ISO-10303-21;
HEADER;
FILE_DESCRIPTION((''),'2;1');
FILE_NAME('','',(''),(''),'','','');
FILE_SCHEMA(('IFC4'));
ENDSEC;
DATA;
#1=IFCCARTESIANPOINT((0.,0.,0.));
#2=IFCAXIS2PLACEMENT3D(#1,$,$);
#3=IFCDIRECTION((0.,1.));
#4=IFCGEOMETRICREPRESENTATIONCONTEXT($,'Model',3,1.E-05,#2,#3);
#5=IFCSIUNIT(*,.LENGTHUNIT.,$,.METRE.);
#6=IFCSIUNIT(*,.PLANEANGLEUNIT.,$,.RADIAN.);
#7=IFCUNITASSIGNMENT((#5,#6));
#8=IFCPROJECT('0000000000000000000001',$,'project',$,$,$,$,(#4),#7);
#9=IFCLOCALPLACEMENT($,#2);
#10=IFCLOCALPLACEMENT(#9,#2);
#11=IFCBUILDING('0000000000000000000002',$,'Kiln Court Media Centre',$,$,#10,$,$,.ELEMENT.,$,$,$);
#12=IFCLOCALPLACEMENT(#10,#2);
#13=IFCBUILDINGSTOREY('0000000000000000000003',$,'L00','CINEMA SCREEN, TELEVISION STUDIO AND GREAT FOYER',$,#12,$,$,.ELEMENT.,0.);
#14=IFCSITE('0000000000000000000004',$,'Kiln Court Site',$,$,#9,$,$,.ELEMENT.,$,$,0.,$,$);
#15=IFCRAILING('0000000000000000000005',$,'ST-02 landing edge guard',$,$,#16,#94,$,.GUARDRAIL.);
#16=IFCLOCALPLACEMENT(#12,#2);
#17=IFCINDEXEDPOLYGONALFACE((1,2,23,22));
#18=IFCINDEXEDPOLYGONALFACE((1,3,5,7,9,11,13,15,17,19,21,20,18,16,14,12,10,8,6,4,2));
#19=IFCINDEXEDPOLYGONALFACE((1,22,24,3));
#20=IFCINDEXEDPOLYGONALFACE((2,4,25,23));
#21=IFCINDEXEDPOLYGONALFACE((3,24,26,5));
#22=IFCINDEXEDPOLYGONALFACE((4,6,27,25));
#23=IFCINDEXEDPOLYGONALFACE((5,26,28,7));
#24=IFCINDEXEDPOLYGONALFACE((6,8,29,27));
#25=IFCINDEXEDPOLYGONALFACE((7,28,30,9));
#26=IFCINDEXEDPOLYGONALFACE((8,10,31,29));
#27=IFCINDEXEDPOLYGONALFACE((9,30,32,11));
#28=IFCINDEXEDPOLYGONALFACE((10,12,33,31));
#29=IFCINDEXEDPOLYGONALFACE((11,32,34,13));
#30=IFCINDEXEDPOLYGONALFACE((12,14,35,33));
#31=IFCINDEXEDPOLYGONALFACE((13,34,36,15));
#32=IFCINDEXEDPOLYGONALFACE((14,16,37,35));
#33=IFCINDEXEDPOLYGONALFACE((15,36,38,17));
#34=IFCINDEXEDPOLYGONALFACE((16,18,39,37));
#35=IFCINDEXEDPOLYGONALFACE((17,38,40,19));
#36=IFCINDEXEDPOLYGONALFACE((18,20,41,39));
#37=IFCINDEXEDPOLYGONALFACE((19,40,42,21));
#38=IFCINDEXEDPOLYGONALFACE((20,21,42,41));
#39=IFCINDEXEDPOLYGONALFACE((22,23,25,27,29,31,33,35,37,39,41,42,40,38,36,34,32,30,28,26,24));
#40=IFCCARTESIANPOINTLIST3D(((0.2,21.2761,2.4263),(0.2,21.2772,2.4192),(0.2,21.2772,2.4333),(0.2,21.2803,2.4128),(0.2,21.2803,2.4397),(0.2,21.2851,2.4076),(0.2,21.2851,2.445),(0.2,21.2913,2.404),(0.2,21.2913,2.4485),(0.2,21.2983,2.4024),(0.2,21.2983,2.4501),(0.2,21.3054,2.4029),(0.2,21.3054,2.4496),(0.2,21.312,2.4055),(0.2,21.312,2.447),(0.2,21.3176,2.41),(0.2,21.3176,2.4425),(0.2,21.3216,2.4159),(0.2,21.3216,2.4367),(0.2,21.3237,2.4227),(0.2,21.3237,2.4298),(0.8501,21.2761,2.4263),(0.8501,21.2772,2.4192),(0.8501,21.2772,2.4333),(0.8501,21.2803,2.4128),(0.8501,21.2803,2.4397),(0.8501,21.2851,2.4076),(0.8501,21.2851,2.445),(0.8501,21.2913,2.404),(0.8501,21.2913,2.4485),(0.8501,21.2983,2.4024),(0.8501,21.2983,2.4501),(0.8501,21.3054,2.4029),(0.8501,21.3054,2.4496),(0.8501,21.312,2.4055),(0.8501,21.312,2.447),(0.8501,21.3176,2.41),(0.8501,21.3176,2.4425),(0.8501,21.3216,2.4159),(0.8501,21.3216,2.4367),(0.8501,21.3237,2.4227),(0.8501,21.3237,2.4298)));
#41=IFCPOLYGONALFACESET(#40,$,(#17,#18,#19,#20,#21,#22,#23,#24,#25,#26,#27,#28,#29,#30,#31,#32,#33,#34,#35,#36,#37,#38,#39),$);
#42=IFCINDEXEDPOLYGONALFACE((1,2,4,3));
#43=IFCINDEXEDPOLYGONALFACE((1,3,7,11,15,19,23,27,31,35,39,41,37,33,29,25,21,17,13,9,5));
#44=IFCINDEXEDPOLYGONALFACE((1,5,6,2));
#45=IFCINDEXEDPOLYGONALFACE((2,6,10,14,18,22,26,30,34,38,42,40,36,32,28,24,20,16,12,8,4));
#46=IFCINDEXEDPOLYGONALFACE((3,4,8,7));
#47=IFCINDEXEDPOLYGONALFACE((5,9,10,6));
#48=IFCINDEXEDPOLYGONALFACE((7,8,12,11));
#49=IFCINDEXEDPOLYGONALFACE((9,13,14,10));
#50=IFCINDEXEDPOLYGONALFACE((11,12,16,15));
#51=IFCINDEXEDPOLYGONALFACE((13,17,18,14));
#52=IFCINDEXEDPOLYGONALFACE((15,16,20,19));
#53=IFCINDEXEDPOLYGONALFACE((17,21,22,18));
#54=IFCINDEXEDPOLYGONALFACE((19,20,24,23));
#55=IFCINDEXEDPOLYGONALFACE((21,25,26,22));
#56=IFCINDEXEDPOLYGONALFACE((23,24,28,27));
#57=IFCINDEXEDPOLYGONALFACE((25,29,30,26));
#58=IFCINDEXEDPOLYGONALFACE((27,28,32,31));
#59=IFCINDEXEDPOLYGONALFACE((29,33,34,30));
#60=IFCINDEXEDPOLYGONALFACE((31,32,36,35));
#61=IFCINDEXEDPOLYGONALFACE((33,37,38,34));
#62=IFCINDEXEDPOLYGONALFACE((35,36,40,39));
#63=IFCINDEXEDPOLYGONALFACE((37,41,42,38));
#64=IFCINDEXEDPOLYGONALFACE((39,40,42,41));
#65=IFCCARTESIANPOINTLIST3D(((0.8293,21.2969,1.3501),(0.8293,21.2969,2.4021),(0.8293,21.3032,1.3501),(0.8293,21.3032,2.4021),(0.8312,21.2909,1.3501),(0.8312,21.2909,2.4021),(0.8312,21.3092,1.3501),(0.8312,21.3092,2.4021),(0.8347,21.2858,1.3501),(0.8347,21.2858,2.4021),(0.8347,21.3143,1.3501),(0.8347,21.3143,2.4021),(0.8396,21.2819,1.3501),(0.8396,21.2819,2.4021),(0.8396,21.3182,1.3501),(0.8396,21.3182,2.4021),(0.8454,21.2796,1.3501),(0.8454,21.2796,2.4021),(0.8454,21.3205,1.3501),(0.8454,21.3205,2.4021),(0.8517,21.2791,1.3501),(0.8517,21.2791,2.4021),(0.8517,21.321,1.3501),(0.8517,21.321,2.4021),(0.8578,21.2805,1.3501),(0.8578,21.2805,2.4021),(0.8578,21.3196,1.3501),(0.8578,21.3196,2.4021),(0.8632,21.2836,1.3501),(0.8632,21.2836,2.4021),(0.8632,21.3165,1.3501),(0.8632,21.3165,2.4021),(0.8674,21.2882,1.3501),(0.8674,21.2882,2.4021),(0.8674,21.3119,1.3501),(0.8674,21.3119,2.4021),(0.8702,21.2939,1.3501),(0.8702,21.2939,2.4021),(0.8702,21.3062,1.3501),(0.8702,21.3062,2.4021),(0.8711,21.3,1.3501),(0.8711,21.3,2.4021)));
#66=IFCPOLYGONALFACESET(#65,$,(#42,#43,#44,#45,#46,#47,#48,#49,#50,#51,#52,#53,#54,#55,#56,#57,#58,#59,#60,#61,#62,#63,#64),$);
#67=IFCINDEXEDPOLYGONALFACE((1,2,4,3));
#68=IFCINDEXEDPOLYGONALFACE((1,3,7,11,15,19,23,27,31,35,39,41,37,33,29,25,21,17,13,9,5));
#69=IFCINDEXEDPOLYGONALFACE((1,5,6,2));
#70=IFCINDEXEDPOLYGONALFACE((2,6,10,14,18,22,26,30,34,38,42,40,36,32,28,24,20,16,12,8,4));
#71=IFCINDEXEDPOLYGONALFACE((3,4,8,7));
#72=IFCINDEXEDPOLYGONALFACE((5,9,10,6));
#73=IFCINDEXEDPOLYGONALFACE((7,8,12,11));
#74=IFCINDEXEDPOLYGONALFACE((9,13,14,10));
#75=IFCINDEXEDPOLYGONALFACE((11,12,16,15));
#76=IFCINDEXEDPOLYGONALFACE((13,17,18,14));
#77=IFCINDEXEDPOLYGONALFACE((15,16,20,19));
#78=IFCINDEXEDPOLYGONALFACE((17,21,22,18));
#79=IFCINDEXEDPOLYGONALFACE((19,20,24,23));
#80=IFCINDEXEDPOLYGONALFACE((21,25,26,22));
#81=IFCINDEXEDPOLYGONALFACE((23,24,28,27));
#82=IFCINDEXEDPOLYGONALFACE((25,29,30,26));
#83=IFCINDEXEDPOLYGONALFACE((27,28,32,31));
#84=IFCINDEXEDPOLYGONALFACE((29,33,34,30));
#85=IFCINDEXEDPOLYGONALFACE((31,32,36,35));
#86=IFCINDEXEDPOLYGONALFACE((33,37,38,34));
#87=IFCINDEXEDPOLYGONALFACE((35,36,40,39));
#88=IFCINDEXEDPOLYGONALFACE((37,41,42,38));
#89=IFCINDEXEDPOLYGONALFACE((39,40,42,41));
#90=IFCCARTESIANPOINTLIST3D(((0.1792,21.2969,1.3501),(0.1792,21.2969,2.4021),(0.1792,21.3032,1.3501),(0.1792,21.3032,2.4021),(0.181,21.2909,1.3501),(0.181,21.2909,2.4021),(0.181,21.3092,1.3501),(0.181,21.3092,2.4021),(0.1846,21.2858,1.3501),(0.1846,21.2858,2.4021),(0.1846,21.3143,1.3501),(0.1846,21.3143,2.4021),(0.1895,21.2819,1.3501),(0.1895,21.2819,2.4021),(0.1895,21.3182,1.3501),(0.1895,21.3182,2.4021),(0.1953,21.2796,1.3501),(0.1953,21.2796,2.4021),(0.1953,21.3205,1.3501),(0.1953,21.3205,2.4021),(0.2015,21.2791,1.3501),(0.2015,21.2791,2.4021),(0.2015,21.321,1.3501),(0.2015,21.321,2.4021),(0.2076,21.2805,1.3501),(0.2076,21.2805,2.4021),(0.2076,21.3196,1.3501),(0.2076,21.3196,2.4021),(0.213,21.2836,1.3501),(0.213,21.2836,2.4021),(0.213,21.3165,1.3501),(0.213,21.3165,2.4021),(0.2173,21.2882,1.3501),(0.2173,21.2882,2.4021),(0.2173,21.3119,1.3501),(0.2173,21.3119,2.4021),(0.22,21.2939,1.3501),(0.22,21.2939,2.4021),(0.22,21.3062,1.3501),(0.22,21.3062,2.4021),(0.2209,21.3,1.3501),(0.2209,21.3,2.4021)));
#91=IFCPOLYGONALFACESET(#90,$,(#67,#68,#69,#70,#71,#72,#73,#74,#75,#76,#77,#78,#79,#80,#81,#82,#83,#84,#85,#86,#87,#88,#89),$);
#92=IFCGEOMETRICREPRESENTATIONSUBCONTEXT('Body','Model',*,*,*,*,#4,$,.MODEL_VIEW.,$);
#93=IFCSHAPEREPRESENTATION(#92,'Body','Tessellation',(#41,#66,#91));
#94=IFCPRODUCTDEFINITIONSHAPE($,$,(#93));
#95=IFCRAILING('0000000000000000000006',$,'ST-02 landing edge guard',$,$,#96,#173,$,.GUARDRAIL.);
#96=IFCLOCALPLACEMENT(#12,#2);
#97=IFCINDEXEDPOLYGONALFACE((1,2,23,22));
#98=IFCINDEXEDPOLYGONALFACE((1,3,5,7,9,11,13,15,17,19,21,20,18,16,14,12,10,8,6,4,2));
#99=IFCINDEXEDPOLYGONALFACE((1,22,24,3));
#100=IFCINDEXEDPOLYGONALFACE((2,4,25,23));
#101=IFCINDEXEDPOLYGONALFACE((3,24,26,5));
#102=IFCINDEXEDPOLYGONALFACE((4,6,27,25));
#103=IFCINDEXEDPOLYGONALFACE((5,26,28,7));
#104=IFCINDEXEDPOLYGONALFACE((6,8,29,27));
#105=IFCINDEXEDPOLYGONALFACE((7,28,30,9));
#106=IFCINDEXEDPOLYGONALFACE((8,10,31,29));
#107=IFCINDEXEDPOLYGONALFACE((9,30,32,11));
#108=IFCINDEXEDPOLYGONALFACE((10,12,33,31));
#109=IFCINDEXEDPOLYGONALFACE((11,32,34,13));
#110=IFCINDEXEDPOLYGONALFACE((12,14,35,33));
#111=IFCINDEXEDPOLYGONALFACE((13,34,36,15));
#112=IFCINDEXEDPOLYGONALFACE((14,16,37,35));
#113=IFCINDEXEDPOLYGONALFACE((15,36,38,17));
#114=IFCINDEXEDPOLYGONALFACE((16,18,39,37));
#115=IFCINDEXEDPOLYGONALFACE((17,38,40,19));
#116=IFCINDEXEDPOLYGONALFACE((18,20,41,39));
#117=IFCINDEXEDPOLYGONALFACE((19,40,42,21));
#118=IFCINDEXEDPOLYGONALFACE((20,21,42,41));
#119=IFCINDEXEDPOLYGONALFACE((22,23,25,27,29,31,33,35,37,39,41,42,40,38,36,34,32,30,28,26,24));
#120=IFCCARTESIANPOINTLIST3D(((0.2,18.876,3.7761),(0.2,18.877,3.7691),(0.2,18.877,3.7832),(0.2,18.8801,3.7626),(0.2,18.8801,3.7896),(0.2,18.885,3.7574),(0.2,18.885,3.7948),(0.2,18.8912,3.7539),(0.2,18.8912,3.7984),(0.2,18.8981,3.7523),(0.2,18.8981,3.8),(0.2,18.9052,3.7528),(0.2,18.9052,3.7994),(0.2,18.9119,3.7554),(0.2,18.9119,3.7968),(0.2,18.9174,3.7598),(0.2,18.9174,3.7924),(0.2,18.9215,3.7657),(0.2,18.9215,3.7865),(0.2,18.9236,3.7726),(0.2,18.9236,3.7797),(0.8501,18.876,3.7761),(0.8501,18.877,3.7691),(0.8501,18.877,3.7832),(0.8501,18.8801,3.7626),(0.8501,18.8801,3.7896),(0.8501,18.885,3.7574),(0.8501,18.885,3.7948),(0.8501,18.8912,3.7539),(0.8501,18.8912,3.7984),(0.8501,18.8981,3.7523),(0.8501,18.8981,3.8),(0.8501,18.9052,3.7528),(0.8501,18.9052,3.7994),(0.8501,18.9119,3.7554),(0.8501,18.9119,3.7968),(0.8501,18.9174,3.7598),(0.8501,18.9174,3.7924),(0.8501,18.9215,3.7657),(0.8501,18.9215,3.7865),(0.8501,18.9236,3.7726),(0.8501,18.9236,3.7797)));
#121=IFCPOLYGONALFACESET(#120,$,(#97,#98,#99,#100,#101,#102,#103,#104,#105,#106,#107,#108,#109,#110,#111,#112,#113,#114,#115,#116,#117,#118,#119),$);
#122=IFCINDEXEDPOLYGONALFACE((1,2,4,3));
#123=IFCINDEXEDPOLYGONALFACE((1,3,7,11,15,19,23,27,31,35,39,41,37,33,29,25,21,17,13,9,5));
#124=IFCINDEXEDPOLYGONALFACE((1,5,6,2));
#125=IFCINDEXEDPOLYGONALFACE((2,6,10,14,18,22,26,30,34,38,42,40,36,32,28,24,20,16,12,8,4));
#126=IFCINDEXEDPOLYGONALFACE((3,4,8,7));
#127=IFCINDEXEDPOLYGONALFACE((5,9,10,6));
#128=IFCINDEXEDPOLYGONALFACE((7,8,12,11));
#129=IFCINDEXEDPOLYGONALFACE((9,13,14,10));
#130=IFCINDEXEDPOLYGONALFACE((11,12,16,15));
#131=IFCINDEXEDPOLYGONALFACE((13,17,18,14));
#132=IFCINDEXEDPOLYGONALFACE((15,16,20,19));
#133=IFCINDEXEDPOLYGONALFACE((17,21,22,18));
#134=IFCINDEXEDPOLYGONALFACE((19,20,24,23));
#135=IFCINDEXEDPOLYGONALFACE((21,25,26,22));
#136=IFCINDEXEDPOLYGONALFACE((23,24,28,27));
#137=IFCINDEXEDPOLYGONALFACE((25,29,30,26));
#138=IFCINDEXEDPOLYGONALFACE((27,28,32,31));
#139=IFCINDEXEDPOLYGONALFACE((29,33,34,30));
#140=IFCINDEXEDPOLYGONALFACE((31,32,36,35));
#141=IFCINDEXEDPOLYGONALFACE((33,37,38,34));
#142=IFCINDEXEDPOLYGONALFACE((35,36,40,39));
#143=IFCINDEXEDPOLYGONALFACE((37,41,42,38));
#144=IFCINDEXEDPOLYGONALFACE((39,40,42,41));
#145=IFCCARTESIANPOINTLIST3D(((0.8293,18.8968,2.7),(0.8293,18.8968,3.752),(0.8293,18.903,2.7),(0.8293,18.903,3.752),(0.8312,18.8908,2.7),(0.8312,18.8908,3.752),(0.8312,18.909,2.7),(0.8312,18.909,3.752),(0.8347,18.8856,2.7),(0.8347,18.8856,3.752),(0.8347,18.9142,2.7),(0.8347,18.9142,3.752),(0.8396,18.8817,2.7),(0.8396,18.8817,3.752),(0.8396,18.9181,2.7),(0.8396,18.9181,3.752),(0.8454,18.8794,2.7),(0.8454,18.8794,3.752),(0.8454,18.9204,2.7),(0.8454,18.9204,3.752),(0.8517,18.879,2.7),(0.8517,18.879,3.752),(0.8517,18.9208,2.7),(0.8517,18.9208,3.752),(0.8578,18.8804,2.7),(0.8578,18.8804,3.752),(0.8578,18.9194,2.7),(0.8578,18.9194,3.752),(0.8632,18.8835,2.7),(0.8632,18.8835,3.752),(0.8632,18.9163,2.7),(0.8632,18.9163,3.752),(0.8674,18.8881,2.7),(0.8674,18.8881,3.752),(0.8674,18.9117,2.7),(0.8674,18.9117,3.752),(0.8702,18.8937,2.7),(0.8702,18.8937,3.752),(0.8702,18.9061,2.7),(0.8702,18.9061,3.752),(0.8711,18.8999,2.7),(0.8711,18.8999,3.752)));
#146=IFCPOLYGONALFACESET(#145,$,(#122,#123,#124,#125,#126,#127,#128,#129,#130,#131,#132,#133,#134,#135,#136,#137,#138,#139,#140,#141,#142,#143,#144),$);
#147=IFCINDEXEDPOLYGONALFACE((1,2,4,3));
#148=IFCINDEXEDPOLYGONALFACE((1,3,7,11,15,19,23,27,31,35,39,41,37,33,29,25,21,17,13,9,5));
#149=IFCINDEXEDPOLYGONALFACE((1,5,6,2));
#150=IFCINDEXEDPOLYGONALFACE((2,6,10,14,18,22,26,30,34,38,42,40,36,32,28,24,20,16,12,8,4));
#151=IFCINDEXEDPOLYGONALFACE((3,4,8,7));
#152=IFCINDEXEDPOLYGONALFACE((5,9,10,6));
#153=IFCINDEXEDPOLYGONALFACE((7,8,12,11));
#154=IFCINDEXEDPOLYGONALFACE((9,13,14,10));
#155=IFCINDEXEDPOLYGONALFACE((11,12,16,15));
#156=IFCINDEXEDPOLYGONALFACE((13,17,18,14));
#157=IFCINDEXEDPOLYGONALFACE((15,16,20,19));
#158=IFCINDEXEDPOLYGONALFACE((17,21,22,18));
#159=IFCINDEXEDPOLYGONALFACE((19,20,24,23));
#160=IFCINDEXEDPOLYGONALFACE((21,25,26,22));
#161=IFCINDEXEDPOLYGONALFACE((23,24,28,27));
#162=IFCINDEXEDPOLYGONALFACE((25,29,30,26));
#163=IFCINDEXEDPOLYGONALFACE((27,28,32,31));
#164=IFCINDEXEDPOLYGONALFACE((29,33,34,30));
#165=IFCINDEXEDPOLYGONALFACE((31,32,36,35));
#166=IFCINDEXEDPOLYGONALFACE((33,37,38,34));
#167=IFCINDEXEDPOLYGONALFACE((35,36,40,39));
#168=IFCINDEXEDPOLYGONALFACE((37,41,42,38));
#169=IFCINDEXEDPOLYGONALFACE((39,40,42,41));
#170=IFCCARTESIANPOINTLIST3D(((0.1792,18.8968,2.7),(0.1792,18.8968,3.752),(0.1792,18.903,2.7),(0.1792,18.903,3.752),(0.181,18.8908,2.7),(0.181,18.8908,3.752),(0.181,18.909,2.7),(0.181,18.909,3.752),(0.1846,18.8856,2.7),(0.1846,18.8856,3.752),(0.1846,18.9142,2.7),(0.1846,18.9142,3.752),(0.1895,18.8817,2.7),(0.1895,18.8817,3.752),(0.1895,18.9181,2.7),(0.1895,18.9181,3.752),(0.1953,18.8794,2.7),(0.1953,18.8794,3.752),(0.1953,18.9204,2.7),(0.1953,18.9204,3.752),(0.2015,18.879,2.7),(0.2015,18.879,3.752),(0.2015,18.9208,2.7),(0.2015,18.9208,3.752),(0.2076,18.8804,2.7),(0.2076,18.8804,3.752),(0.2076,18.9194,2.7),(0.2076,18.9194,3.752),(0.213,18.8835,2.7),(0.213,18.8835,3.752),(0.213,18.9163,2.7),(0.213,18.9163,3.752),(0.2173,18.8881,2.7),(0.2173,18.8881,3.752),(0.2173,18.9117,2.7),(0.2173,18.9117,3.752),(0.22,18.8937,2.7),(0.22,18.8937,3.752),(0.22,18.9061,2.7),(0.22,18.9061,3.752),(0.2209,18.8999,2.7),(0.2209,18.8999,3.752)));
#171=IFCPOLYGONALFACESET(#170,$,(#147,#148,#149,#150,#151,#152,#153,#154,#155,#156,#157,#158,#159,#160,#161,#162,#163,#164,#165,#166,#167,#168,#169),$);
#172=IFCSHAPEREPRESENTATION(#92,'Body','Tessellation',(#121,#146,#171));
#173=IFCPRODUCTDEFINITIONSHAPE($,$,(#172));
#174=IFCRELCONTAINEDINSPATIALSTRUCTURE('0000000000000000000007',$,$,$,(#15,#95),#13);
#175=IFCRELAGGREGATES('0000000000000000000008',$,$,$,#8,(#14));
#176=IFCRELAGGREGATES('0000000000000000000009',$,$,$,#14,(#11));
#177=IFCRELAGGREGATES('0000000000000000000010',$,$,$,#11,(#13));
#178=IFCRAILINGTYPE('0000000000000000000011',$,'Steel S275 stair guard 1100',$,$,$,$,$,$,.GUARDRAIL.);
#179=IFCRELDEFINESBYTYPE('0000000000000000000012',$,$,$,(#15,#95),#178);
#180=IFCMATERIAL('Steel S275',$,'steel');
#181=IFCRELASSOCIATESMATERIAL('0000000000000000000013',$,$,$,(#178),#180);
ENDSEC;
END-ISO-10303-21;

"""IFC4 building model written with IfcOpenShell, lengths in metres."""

from ifc_helpers import new_model, si_unit, direction, frame, origin, origin_2d, place, context, subcontext, project, spatial, circle, extrude, material, type_object, element, save


model = new_model("IFC4")

# Units and contexts
model_context = context("Model", 3, precision=1e-05, world=origin(), true_north=direction((0.0, 1.0)))
body_context = subcontext(model_context, "Body", "Model", "MODEL_VIEW")
ifc_project = project(units=[si_unit("LENGTHUNIT", "METRE"), si_unit("PLANEANGLEUNIT", "RADIAN")], contexts=[model_context])

# Site, building, storey
site_placement = place(None, origin())
site = spatial("IfcSite", under=ifc_project, at=site_placement, Name="Kiln Court Site", CompositionType="ELEMENT", RefElevation=0.0)
building_placement = place(site_placement, origin())
building = spatial("IfcBuilding", under=site, at=building_placement, Name="Kiln Court Media Centre", CompositionType="ELEMENT")
storey_placement = place(building_placement, origin())
storey = spatial("IfcBuildingStorey", under=building, at=storey_placement, Name="L00", Description="CINEMA SCREEN, TELEVISION STUDIO AND GREAT FOYER", CompositionType="ELEMENT", Elevation=0.0)

# Railings
ifc_material_1 = material(Name="Steel S275", Category="steel")
railing_type_1 = type_object("IfcRailingType", Name="Steel S275 stair guard 1100", PredefinedType="GUARDRAIL", material=ifc_material_1)
for number, where, name in (
    (1, (0.8501, 21.3, 1.3501), "ST-02 landing edge guard"),
    (2, (0.8501, 18.8999, 2.7), "ST-02 landing edge guard"),
):
    element("IfcRailing", number, at=place(storey_placement, frame(where)), inside=storey, type_object=railing_type_1, Name=name, PredefinedType="GUARDRAIL", context=body_context, shape_type="SweptSolid", body=[
        extrude(circle(Radius=0.0239, at=origin_2d()), frame((0.0, 0.0, 1.0762), z_axis=(-1.0, 0.0, 0.0), x_axis=(0.0, -1.0, 0.0)), (0.0, 0.0, 1.0), 0.6501),
        extrude(circle(Radius=0.021, at=origin_2d()), origin(), (0.0, 0.0, 1.0), 1.052),
        extrude(circle(Radius=0.021, at=origin_2d()), frame((-0.6501, 0.0, 0.0)), (0.0, 0.0, 1.0), 1.052),
    ])

save(model, "model.ifc")
